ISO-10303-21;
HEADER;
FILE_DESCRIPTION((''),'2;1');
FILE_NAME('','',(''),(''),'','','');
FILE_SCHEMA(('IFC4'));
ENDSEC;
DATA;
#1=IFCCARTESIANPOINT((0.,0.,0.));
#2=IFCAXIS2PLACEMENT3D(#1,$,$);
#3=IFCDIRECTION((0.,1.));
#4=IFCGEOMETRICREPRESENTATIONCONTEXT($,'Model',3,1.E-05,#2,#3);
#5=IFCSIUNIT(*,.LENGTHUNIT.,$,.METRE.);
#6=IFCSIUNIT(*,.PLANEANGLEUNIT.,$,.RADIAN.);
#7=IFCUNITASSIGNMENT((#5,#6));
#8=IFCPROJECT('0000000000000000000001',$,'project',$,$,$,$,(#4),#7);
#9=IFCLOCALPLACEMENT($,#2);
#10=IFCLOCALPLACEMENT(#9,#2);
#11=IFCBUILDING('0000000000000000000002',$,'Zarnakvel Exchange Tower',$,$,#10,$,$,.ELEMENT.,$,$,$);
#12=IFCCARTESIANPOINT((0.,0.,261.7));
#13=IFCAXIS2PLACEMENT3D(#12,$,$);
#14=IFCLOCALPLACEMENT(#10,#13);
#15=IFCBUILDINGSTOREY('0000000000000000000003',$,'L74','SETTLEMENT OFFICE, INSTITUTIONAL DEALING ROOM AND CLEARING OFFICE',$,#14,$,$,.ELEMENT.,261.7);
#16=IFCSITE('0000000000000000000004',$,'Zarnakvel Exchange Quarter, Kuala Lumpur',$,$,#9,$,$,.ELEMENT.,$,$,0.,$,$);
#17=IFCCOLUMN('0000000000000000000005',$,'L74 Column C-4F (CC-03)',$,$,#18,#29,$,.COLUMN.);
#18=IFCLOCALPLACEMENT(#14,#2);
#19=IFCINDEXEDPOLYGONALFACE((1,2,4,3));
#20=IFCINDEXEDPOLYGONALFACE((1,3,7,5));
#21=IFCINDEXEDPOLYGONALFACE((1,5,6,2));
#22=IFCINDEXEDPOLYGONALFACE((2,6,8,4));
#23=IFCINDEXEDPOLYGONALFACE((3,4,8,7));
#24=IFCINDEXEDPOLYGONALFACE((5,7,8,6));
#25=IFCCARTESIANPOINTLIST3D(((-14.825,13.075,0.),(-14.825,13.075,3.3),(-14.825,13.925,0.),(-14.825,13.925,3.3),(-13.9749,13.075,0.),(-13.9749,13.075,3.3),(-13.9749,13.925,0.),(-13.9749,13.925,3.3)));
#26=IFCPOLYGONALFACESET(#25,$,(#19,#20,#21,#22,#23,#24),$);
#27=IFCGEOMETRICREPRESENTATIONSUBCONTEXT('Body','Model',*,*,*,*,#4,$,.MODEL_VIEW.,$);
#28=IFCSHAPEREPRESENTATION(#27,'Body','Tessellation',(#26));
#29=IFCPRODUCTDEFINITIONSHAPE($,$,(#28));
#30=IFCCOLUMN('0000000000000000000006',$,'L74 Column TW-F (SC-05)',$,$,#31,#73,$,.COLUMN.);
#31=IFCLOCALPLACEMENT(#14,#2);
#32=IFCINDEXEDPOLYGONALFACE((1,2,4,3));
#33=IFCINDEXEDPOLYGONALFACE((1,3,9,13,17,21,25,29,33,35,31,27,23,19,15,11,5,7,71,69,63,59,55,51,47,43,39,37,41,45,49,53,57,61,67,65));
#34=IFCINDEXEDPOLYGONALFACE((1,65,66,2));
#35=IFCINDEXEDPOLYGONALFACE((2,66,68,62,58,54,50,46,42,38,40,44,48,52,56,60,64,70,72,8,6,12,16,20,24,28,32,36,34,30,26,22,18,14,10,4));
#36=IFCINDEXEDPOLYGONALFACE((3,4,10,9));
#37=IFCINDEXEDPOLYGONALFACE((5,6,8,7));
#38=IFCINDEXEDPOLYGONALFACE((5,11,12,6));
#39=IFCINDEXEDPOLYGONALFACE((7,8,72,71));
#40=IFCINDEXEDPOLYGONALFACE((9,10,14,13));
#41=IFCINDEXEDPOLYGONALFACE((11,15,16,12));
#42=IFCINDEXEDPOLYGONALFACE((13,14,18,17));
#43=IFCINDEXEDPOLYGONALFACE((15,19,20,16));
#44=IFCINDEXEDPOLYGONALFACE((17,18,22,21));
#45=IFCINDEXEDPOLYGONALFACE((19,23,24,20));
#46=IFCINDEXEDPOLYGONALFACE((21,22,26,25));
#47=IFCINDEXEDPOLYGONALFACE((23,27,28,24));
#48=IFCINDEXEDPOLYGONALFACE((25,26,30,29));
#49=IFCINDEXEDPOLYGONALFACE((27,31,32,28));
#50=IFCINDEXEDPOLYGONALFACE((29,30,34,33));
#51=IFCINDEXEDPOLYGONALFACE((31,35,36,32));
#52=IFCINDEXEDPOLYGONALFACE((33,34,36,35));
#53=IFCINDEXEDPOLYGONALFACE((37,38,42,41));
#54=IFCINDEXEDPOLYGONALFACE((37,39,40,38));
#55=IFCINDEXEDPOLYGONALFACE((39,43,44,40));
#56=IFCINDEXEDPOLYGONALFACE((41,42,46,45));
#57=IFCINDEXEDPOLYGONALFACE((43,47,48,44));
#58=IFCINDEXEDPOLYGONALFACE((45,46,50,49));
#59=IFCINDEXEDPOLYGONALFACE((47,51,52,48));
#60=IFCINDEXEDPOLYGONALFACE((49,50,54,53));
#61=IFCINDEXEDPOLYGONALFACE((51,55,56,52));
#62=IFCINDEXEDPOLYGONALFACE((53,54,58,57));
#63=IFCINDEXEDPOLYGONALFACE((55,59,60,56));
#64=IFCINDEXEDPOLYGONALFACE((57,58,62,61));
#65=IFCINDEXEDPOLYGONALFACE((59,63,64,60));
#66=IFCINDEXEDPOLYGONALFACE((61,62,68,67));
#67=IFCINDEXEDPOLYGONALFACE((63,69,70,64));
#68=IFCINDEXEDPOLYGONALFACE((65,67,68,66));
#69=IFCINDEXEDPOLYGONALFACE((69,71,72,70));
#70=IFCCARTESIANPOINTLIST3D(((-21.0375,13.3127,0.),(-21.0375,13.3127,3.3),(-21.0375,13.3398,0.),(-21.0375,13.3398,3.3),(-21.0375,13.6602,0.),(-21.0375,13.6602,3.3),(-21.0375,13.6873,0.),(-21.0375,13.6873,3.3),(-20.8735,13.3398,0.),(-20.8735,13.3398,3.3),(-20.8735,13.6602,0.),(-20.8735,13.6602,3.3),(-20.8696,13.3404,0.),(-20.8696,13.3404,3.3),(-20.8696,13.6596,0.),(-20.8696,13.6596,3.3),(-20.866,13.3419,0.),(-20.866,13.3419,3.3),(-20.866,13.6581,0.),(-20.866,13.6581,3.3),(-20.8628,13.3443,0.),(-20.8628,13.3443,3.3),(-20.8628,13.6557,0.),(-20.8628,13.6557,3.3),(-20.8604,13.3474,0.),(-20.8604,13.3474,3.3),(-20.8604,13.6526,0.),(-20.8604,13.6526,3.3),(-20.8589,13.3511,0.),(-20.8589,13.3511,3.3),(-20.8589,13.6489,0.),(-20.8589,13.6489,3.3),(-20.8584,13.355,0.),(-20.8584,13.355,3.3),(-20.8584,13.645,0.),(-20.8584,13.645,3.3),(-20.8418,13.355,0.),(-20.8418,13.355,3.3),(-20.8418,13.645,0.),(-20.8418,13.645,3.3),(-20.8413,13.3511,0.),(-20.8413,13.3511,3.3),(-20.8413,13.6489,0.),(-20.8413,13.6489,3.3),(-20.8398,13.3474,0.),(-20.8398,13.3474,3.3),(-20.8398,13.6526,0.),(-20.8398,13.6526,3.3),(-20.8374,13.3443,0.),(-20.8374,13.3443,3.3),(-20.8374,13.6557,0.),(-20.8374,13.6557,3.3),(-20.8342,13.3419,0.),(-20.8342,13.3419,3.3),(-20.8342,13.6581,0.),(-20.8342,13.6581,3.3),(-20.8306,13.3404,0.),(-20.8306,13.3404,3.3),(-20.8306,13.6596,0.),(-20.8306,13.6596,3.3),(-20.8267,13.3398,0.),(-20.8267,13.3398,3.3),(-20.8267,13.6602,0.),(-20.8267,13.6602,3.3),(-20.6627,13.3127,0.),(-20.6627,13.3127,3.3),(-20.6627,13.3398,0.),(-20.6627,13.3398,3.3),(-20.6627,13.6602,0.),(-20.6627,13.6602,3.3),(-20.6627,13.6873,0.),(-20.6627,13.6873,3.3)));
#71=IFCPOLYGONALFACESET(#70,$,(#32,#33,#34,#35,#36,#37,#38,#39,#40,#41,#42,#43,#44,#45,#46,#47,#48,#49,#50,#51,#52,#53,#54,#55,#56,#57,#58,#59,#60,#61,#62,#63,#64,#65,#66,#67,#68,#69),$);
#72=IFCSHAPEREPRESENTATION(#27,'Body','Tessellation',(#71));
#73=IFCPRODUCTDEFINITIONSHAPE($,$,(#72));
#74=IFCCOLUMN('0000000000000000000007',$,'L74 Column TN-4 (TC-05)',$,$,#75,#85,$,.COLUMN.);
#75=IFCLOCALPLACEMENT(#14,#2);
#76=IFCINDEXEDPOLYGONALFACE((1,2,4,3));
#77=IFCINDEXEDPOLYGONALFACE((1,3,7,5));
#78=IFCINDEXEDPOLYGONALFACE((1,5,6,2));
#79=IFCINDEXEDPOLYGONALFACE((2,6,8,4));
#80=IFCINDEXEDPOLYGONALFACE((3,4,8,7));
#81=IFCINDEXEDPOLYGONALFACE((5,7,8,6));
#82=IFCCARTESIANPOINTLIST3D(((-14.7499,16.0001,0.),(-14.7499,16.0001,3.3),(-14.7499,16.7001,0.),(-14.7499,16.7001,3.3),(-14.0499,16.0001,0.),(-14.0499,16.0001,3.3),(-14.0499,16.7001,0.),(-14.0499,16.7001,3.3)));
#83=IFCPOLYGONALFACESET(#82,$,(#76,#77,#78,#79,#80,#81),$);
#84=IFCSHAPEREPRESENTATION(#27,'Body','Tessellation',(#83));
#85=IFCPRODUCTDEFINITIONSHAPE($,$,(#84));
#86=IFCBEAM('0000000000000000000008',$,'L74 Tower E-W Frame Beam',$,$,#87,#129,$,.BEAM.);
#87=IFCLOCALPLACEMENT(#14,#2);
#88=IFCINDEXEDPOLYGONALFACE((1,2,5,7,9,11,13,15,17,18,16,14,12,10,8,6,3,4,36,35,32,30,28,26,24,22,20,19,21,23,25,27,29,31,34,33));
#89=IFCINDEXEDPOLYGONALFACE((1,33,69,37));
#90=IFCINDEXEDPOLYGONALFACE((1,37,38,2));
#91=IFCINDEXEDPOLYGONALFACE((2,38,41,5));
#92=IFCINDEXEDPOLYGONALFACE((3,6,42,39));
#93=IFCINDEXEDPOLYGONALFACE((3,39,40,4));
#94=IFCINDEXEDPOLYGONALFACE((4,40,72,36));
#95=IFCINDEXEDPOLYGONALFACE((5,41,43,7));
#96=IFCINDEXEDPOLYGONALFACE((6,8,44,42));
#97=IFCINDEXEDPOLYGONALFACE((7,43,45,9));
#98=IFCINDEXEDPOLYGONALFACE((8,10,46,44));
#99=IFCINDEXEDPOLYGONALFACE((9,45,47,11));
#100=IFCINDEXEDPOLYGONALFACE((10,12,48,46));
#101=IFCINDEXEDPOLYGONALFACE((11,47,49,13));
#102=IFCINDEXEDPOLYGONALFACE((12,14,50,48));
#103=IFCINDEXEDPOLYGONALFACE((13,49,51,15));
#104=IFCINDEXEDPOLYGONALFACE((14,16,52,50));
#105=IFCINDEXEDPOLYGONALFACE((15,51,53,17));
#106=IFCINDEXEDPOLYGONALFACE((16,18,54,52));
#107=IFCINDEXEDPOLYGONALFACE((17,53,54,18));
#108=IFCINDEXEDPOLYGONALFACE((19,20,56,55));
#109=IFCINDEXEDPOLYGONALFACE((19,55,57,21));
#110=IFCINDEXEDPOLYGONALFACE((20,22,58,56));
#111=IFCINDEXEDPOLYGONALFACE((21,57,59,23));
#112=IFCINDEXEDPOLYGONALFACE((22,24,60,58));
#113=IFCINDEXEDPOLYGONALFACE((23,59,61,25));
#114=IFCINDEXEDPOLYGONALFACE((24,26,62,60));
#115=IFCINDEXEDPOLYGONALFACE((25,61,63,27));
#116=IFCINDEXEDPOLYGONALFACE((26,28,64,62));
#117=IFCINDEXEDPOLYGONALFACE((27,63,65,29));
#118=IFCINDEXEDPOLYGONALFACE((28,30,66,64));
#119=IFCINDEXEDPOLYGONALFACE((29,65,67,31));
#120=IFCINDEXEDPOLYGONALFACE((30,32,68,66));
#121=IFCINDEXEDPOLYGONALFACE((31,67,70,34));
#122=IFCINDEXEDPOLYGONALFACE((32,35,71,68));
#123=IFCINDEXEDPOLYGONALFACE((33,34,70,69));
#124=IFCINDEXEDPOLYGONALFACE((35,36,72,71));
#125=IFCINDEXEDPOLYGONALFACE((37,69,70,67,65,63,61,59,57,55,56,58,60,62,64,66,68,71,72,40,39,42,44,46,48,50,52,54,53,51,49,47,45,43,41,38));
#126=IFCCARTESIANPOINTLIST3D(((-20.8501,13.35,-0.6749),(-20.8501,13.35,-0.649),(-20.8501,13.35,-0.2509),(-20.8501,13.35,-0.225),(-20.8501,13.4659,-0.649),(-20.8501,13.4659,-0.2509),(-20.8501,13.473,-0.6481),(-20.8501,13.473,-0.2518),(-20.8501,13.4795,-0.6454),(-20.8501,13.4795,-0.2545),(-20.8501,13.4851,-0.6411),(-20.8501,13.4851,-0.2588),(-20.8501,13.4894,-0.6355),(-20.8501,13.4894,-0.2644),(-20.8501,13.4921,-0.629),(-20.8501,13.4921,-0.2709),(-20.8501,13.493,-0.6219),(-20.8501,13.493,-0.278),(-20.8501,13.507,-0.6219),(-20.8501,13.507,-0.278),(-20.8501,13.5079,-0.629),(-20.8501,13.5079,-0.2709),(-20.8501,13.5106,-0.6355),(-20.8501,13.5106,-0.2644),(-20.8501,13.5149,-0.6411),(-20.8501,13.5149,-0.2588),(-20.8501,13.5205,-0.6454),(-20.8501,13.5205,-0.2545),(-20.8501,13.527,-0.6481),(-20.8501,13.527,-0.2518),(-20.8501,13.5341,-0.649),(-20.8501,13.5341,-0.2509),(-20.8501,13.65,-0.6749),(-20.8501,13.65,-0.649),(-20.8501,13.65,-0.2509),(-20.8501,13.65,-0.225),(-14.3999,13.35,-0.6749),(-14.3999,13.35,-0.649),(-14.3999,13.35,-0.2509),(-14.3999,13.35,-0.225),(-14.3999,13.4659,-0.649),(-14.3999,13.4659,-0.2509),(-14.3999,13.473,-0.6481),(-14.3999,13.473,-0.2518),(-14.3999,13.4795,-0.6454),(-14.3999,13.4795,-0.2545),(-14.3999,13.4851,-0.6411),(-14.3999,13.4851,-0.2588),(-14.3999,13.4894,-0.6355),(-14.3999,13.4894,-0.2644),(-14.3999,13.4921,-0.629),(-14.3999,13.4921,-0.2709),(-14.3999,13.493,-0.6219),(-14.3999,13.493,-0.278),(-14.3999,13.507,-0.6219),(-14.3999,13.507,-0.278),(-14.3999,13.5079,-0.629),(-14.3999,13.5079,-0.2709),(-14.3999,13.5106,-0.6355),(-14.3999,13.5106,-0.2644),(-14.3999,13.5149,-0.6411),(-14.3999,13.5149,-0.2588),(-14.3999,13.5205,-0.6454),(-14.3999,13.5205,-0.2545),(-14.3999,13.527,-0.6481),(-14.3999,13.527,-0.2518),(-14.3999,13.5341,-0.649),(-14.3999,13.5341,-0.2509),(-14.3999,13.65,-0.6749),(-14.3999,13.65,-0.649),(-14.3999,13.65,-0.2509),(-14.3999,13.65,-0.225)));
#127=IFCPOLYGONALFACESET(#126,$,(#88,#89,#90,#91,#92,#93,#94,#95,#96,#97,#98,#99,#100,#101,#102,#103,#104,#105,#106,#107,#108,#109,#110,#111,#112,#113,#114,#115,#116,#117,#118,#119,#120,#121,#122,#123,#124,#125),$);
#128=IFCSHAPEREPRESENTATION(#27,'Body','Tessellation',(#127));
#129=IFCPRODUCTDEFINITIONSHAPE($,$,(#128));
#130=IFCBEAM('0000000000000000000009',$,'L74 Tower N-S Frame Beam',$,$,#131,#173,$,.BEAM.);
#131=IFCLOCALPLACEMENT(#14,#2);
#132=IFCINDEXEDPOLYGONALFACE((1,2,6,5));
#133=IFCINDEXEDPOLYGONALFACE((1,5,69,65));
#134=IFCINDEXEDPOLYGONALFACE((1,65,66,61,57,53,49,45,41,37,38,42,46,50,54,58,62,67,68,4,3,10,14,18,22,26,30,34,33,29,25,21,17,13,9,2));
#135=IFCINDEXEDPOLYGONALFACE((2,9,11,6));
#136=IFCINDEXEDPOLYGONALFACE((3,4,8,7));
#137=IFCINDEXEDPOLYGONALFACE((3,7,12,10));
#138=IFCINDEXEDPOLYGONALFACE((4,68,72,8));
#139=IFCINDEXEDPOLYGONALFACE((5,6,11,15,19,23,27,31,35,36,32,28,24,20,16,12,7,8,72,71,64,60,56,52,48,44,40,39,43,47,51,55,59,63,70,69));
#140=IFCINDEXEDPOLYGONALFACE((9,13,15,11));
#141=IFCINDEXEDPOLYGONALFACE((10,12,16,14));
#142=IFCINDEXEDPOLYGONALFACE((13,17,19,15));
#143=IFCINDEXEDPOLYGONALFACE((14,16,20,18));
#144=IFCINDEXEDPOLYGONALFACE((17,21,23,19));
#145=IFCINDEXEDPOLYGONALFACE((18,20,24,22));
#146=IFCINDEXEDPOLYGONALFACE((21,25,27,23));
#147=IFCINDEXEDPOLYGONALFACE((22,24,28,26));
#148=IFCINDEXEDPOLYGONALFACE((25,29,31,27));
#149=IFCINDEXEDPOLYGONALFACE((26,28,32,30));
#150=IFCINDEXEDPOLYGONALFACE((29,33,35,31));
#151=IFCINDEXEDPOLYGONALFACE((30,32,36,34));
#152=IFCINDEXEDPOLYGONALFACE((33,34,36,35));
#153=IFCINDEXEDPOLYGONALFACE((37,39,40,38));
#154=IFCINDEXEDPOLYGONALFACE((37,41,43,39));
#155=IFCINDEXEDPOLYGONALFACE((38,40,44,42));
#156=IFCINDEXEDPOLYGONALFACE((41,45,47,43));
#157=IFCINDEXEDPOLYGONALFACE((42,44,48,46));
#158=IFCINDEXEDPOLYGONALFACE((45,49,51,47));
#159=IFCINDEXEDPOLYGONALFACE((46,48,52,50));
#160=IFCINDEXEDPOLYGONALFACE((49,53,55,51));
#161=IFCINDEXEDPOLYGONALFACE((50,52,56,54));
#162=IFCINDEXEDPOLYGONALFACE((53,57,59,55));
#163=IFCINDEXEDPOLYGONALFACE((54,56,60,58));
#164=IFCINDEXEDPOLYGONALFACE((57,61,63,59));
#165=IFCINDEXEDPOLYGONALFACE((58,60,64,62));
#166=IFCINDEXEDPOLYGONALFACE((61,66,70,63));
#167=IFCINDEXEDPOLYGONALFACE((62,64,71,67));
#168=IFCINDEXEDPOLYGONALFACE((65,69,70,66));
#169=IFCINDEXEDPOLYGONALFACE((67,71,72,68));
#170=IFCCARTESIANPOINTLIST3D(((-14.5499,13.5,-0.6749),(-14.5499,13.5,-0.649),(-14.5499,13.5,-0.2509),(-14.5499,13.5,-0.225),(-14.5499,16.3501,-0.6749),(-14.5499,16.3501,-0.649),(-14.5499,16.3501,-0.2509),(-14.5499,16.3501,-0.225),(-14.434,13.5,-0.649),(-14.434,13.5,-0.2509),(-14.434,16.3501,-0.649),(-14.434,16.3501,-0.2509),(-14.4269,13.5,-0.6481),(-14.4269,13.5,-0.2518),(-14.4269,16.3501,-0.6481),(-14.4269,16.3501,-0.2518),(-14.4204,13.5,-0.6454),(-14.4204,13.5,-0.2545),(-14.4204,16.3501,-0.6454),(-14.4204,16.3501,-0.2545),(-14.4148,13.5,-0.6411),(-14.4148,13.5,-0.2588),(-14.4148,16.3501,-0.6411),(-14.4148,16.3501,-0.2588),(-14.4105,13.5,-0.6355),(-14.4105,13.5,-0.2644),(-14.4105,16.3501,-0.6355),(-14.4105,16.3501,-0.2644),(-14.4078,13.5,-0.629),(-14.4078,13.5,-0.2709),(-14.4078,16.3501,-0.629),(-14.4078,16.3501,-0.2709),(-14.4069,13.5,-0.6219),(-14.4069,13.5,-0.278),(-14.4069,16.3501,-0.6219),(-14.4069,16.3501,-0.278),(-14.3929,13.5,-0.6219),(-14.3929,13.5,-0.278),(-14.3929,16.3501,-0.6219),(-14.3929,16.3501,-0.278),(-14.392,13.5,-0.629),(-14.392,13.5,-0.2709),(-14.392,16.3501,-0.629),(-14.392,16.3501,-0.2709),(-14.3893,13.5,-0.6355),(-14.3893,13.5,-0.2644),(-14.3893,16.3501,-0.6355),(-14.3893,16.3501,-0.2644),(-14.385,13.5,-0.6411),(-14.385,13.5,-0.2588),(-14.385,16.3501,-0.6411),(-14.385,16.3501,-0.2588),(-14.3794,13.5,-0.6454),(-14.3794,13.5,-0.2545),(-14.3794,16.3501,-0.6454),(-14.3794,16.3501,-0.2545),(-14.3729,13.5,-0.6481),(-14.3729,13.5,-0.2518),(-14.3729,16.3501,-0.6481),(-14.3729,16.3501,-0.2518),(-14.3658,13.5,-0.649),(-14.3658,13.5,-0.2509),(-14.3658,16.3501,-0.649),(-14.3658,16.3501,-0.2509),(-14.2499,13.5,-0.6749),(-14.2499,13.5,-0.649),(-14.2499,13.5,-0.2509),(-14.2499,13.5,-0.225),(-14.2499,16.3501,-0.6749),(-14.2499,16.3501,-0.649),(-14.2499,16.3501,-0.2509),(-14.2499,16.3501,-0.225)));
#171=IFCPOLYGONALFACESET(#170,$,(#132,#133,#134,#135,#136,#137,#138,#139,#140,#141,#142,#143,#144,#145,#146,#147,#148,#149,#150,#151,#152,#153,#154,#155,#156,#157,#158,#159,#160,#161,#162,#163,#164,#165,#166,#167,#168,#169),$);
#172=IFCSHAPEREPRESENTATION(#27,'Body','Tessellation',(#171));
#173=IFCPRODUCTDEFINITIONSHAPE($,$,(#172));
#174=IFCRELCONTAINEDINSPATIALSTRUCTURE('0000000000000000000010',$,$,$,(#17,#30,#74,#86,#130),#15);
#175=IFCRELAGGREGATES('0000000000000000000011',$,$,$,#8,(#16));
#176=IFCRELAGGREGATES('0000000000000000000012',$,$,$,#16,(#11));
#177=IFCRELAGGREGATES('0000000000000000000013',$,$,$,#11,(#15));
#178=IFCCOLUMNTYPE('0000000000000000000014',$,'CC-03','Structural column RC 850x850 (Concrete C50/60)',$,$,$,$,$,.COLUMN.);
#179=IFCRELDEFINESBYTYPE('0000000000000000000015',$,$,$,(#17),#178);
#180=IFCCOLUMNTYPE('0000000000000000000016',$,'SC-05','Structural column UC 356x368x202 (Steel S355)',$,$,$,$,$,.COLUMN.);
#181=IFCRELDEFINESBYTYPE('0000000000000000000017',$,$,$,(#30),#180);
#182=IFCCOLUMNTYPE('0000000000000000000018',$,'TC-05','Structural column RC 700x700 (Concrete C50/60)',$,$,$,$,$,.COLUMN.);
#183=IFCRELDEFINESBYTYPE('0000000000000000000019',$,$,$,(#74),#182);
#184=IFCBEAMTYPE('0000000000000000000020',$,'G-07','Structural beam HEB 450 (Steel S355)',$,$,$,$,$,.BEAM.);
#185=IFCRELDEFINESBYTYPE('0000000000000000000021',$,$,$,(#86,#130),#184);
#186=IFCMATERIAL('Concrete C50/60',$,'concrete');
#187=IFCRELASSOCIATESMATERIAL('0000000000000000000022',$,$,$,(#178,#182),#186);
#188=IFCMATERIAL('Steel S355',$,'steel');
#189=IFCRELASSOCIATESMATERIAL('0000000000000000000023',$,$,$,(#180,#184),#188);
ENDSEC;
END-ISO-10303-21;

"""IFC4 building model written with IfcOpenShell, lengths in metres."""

from ifc_helpers import new_model, si_unit, direction, frame, origin, origin_2d, place, context, subcontext, project, spatial, rectangle, i_section, extrude, material, material_profile, profile_set, type_object, element, save


model = new_model("IFC4")

# Units and contexts
model_context = context("Model", 3, precision=1e-05, world=origin(), true_north=direction((0.0, 1.0)))
body_context = subcontext(model_context, "Body", "Model", "MODEL_VIEW")
ifc_project = project(units=[si_unit("LENGTHUNIT", "METRE"), si_unit("PLANEANGLEUNIT", "RADIAN")], contexts=[model_context])

# Site, building, storey
site_placement = place(None, origin())
site = spatial("IfcSite", under=ifc_project, at=site_placement, Name="Zarnakvel Exchange Quarter, Kuala Lumpur", CompositionType="ELEMENT", RefElevation=0.0)
building_placement = place(site_placement, origin())
building = spatial("IfcBuilding", under=site, at=building_placement, Name="Zarnakvel Exchange Tower", CompositionType="ELEMENT")
storey_placement = place(building_placement, frame((0.0, 0.0, 261.7)))
storey = spatial("IfcBuildingStorey", under=building, at=storey_placement, Name="L74", Description="SETTLEMENT OFFICE, INSTITUTIONAL DEALING ROOM AND CLEARING OFFICE", CompositionType="ELEMENT", Elevation=261.7)

# Columns
ifc_material_1 = material(Name="Concrete C50/60", Category="concrete")
ifc_material_profile_1 = material_profile(ifc_material_1, rectangle(XDim=0.8501, YDim=0.8501, at=origin_2d()))
ifc_profile_set_1 = profile_set([ifc_material_profile_1], Name="Concrete C50/60")
column_type_1 = type_object("IfcColumnType", Name="CC-03", Description="Structural column RC 850x850 (Concrete C50/60)", PredefinedType="COLUMN", material=ifc_profile_set_1)
column_1_placement = place(storey_placement, frame((-14.3999, 13.5, 0.0), z_axis=(0.0, 0.0, 1.0), x_axis=(1.0, 0.0, 0.0)))
element("IfcColumn", 1, at=column_1_placement, inside=storey, type_object=column_type_1, Name="L74 Column C-4F (CC-03)", PredefinedType="COLUMN", context=body_context, shape_type="SweptSolid", body=[
    extrude(rectangle(XDim=0.8501, YDim=0.8501, at=origin_2d()), origin(), (0.0, 0.0, 1.0), 3.3),
])
ifc_material_2 = material(Name="Steel S355", Category="steel")
ifc_material_profile_2 = material_profile(ifc_material_2, i_section(OverallWidth=0.3748, OverallDepth=0.3745, WebThickness=0.0166, FlangeThickness=0.0271, FilletRadius=0.0151, at=origin_2d()))
ifc_profile_set_2 = profile_set([ifc_material_profile_2], Name="Steel S355")
column_type_2 = type_object("IfcColumnType", Name="SC-05", Description="Structural column UC 356x368x202 (Steel S355)", PredefinedType="COLUMN", material=ifc_profile_set_2)
column_2_placement = place(storey_placement, frame((-20.8501, 13.5, 0.0), z_axis=(0.0, 0.0, 1.0), x_axis=(1.0, 0.0, 0.0)))
element("IfcColumn", 2, at=column_2_placement, inside=storey, type_object=column_type_2, Name="L74 Column TW-F (SC-05)", PredefinedType="COLUMN", context=body_context, shape_type="SweptSolid", body=[
    extrude(i_section(OverallWidth=0.3748, OverallDepth=0.3745, WebThickness=0.0166, FlangeThickness=0.0271, FilletRadius=0.0151, at=origin_2d()), origin(), (0.0, 0.0, 1.0), 3.3),
])
ifc_material_profile_3 = material_profile(ifc_material_1, rectangle(XDim=0.7, YDim=0.7, at=origin_2d()))
ifc_profile_set_3 = profile_set([ifc_material_profile_3], Name="Concrete C50/60")
column_type_3 = type_object("IfcColumnType", Name="TC-05", Description="Structural column RC 700x700 (Concrete C50/60)", PredefinedType="COLUMN", material=ifc_profile_set_3)
column_3_placement = place(storey_placement, frame((-14.3999, 16.3501, 0.0), z_axis=(0.0, 0.0, 1.0), x_axis=(1.0, 0.0, 0.0)))
element("IfcColumn", 3, at=column_3_placement, inside=storey, type_object=column_type_3, Name="L74 Column TN-4 (TC-05)", PredefinedType="COLUMN", context=body_context, shape_type="SweptSolid", body=[
    extrude(rectangle(XDim=0.7, YDim=0.7, at=origin_2d()), origin(), (0.0, 0.0, 1.0), 3.3),
])

# Beams
ifc_material_profile_4 = material_profile(ifc_material_2, i_section(OverallWidth=0.3, OverallDepth=0.45, WebThickness=0.0139, FlangeThickness=0.0259, FilletRadius=0.0271, at=origin_2d()))
ifc_profile_set_4 = profile_set([ifc_material_profile_4], Name="Steel S355")
beam_type_1 = type_object("IfcBeamType", Name="G-07", Description="Structural beam HEB 450 (Steel S355)", PredefinedType="BEAM", material=ifc_profile_set_4)
beam_1_placement = place(storey_placement, frame((-20.8501, 13.5, -0.45), z_axis=(1.0, 0.0, 0.0), x_axis=(0.0, 1.0, 0.0)))
element("IfcBeam", 4, at=beam_1_placement, inside=storey, type_object=beam_type_1, Name="L74 Tower E-W Frame Beam", PredefinedType="BEAM", context=body_context, shape_type="SweptSolid", body=[
    extrude(i_section(OverallWidth=0.3, OverallDepth=0.45, WebThickness=0.0139, FlangeThickness=0.0259, FilletRadius=0.0271, at=origin_2d()), origin(), (0.0, 0.0, 1.0), 6.4502),
])
beam_2_placement = place(storey_placement, frame((-14.3999, 13.5, -0.45), z_axis=(0.0, 1.0, 0.0), x_axis=(-1.0, 0.0, 0.0)))
element("IfcBeam", 5, at=beam_2_placement, inside=storey, type_object=beam_type_1, Name="L74 Tower N-S Frame Beam", PredefinedType="BEAM", context=body_context, shape_type="SweptSolid", body=[
    extrude(i_section(OverallWidth=0.3, OverallDepth=0.45, WebThickness=0.0139, FlangeThickness=0.0259, FilletRadius=0.0271, at=origin_2d()), origin(), (0.0, 0.0, 1.0), 2.8501),
])

save(model, "model.ifc")
